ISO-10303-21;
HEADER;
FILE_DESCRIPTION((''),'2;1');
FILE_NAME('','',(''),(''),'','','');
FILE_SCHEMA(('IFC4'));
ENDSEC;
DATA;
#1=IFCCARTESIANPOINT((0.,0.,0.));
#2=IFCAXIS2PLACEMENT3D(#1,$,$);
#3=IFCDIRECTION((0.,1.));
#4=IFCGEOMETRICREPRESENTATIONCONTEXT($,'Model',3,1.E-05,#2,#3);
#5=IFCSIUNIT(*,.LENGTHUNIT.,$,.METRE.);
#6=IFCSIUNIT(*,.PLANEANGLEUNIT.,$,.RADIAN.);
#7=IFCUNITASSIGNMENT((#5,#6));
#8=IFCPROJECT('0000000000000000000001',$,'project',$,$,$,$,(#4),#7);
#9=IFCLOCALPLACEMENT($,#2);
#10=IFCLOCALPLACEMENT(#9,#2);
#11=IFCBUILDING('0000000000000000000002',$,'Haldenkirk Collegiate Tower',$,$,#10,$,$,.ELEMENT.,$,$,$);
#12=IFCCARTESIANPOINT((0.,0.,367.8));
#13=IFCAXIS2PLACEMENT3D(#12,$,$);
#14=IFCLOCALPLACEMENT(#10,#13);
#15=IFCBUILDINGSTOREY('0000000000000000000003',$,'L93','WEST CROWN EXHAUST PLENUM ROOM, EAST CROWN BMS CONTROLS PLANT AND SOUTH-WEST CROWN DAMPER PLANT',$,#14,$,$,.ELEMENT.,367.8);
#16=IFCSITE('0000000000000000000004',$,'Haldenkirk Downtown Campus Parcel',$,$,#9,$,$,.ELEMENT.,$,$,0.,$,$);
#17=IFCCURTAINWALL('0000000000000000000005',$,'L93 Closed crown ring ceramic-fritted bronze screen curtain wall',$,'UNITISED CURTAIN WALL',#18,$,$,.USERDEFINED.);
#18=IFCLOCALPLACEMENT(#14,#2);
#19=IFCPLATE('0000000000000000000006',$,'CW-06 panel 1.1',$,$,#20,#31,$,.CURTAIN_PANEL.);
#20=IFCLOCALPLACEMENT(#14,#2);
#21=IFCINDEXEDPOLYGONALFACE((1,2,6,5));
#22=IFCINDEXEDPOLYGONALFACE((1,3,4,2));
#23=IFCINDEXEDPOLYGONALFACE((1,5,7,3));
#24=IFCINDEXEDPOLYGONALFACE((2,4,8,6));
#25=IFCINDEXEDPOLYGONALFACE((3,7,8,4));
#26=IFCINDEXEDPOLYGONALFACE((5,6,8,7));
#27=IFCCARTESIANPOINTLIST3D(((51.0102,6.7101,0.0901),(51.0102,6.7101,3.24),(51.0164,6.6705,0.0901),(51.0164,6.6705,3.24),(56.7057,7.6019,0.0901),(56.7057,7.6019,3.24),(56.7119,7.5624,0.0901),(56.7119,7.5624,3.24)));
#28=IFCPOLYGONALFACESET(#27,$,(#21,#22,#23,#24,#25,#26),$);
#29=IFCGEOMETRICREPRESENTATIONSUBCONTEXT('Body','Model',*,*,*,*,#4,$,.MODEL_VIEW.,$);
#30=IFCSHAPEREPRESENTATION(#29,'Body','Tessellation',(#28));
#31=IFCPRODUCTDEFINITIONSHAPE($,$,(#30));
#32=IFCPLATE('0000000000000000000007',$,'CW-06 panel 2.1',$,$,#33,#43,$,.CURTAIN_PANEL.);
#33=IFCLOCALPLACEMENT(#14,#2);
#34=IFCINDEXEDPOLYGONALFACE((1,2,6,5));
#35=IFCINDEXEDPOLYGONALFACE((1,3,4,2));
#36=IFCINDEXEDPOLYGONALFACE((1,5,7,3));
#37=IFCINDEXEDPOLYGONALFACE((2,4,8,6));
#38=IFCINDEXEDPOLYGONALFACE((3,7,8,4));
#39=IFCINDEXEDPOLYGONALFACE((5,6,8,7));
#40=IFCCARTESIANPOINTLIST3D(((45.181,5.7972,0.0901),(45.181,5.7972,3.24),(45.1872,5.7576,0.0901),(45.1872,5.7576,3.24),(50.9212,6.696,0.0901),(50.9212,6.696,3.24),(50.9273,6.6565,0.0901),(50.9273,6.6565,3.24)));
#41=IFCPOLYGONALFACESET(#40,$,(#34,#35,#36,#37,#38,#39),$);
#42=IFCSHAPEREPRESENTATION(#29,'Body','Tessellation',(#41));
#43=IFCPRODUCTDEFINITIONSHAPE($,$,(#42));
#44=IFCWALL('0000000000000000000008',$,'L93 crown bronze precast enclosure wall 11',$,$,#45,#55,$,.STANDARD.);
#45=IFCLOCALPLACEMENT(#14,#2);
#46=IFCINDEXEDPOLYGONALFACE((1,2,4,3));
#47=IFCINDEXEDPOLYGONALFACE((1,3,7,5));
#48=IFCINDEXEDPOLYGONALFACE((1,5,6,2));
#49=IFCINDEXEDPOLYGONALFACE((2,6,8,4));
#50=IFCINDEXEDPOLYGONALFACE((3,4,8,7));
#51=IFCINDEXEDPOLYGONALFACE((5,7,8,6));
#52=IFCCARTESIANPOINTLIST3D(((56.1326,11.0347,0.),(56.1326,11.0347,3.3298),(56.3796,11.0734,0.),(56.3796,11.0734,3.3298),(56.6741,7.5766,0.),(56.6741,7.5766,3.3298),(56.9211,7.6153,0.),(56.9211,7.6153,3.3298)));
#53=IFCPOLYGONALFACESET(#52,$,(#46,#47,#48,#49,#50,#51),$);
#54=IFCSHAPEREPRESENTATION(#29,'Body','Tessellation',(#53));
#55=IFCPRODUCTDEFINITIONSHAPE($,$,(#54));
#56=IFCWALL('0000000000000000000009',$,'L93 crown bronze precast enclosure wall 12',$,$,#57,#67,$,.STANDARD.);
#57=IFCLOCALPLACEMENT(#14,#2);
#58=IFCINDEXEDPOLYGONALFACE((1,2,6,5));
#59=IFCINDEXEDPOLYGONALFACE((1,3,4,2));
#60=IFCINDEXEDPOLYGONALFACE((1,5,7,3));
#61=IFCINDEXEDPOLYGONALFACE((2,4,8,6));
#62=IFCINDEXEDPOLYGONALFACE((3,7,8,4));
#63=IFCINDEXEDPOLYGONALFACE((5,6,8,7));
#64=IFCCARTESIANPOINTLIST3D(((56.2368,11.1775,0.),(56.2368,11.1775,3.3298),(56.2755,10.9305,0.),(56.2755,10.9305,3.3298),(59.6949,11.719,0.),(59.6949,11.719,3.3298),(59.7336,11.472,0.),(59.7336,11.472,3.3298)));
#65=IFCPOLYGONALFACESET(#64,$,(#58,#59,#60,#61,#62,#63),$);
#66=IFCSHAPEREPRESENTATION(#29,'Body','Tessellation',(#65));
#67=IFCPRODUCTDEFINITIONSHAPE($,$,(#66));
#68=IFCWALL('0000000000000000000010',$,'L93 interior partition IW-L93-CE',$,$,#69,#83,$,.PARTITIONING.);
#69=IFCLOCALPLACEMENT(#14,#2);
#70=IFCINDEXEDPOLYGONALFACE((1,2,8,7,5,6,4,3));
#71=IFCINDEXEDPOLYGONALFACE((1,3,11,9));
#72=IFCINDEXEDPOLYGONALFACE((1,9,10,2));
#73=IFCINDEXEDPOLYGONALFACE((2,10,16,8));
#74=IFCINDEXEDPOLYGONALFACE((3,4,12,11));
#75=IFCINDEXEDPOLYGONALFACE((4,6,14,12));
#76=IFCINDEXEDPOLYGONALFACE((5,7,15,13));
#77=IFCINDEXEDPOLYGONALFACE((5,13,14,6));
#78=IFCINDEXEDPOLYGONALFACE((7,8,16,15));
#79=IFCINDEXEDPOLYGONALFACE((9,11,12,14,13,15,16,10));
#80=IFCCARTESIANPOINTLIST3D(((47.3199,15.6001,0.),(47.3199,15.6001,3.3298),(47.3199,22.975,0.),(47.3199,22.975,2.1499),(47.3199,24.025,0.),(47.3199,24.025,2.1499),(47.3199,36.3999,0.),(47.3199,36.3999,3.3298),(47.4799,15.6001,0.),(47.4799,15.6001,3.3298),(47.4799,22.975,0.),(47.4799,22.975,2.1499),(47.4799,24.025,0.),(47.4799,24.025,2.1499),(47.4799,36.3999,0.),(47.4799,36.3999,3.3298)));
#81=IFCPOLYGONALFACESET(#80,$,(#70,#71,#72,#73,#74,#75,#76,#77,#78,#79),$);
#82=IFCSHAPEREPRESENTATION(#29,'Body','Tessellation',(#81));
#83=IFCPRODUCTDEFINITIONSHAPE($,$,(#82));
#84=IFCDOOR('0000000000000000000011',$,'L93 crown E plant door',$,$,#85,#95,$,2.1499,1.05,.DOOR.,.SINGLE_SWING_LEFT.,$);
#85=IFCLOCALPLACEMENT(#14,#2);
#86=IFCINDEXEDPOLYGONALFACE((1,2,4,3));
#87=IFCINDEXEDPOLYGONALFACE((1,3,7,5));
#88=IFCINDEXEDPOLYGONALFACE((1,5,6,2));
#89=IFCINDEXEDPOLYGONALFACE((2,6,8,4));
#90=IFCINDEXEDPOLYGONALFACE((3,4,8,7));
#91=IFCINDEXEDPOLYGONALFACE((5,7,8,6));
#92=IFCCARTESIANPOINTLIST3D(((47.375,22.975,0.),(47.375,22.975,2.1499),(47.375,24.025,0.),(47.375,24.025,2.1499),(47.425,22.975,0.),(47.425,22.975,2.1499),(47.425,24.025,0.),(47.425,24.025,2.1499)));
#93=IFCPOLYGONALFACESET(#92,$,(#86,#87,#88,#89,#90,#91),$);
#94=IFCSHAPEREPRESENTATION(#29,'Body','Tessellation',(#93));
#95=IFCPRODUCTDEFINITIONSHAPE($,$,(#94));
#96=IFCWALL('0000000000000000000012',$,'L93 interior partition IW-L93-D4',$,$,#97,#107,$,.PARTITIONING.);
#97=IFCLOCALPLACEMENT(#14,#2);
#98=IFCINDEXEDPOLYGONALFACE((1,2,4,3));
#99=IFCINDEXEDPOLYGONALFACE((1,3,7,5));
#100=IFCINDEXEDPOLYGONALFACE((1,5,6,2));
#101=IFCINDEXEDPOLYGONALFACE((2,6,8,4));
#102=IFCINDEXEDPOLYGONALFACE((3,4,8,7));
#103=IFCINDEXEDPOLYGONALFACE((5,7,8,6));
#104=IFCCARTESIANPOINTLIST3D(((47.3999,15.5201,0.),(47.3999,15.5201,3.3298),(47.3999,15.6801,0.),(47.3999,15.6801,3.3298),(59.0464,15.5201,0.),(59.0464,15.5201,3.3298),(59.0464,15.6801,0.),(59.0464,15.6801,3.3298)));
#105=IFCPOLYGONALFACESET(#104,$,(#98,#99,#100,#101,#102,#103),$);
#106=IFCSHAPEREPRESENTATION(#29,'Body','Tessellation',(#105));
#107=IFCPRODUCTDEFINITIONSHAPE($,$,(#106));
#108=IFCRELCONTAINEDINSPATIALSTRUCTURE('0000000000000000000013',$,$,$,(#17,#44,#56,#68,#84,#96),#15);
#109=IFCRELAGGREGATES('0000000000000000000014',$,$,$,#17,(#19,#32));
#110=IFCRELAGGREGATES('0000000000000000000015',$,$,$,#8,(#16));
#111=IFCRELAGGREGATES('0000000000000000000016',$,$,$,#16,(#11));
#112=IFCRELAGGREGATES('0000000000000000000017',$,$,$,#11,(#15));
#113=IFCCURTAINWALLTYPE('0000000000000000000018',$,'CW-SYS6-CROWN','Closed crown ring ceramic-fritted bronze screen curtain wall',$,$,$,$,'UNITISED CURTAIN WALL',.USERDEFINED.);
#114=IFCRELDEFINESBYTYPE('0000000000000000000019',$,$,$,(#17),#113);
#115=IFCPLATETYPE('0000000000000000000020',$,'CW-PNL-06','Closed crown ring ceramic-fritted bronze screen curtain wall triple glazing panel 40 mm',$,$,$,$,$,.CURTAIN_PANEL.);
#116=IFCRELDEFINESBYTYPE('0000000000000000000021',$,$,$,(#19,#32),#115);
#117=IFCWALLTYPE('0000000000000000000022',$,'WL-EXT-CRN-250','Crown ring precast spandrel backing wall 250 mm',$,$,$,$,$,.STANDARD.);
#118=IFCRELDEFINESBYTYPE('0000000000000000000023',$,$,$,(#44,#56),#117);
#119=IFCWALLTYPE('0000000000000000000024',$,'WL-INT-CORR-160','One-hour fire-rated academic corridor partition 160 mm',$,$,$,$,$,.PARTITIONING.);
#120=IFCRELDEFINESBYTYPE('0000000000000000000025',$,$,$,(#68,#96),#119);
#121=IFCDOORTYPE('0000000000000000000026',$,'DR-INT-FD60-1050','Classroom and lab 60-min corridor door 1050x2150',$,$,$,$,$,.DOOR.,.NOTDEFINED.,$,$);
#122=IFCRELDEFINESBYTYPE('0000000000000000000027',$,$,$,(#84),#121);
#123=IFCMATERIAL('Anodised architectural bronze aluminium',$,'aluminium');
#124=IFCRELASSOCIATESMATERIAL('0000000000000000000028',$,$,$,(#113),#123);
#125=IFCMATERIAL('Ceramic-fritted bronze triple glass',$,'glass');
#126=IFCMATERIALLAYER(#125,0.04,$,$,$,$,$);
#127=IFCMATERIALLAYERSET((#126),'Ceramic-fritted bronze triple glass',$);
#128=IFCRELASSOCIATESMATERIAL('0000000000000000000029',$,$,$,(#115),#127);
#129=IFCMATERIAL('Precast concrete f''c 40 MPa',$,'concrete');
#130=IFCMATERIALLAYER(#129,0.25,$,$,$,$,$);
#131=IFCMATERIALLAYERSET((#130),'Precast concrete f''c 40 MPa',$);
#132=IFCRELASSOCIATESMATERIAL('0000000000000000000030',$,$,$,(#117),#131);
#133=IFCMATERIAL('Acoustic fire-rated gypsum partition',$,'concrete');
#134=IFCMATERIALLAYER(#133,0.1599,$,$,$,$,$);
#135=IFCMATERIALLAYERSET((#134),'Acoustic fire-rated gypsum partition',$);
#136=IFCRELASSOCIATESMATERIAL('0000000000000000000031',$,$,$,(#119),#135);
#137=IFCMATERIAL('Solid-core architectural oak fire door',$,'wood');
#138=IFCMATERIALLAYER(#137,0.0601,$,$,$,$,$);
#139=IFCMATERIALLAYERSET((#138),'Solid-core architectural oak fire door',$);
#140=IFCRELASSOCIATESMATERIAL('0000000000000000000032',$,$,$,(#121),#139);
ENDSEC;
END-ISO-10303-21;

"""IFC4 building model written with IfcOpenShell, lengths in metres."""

from ifc_helpers import new_model, si_unit, direction, frame, frame_2d, origin, origin_2d, place, context, subcontext, project, spatial, rectangle, extrude, source, transform, mapped, material, layer, layer_set, type_object, element, fill, aggregate, save


model = new_model("IFC4")

# Units and contexts
model_context = context("Model", 3, precision=1e-05, world=origin(), true_north=direction((0.0, 1.0)))
body_context = subcontext(model_context, "Body", "Model", "MODEL_VIEW")
ifc_project = project(units=[si_unit("LENGTHUNIT", "METRE"), si_unit("PLANEANGLEUNIT", "RADIAN")], contexts=[model_context])

# Site, building, storey
site_placement = place(None, origin())
site = spatial("IfcSite", under=ifc_project, at=site_placement, Name="Haldenkirk Downtown Campus Parcel", CompositionType="ELEMENT", RefElevation=0.0)
building_placement = place(site_placement, origin())
building = spatial("IfcBuilding", under=site, at=building_placement, Name="Haldenkirk Collegiate Tower", CompositionType="ELEMENT")
storey_placement = place(building_placement, frame((0.0, 0.0, 367.8)))
storey = spatial("IfcBuildingStorey", under=building, at=storey_placement, Name="L93", Description="WEST CROWN EXHAUST PLENUM ROOM, EAST CROWN BMS CONTROLS PLANT AND SOUTH-WEST CROWN DAMPER PLANT", CompositionType="ELEMENT", Elevation=367.8)

# Curtain wall
ifc_material_1 = material(Name="Anodised architectural bronze aluminium", Category="aluminium")
curtain_wall_type = type_object("IfcCurtainWallType", Name="CW-SYS6-CROWN", Description="Closed crown ring ceramic-fritted bronze screen curtain wall", ElementType="UNITISED CURTAIN WALL", PredefinedType="USERDEFINED", material=ifc_material_1)
curtain_wall_1_placement = place(storey_placement, origin())
curtain_wall_1 = element("IfcCurtainWall", 1, at=curtain_wall_1_placement, inside=storey, type_object=curtain_wall_type, Name="L93 Closed crown ring ceramic-fritted bronze screen curtain wall", ObjectType="UNITISED CURTAIN WALL", PredefinedType="USERDEFINED")

# Plates
ifc_material_2 = material(Name="Ceramic-fritted bronze triple glass", Category="glass")
ifc_layer_1 = layer(ifc_material_2, 0.04)
ifc_layer_set_1 = layer_set([ifc_layer_1], Name="Ceramic-fritted bronze triple glass")
plate_type_1 = type_object("IfcPlateType", Name="CW-PNL-06", Description="Closed crown ring ceramic-fritted bronze screen curtain wall triple glazing panel 40 mm", PredefinedType="CURTAIN_PANEL", material=ifc_layer_set_1)
shared_shape_1 = source(origin(), body_context, "Body", "SweptSolid", [
    extrude(rectangle(XDim=5.7649, YDim=0.04, at=origin_2d()), origin(), (0.0, 0.0, 1.0), 3.1499),
])
plate_1_placement = place(storey_placement, frame((53.8611, 7.1362, 0.0901), z_axis=(0.0, 0.0, 1.0), x_axis=(-0.98796, -0.154709, 0.0)))
plate_1 = element("IfcPlate", 2, at=plate_1_placement, type_object=plate_type_1, Name="CW-06 panel 1.1", PredefinedType="CURTAIN_PANEL", context=body_context, shape_type="MappedRepresentation", body=[
    mapped(shared_shape_1, transform((0.0, 0.0, 0.0), x_axis=(1.0, 0.0, 0.0), y_axis=(0.0, 1.0, 0.0), z_axis=(0.0, 0.0, 1.0), scale=1.0)),
])
shared_shape_2 = source(origin(), body_context, "Body", "SweptSolid", [
    extrude(rectangle(XDim=5.8101, YDim=0.04, at=origin_2d()), origin(), (0.0, 0.0, 1.0), 3.1499),
])
plate_2_placement = place(storey_placement, frame((48.0542, 6.2268, 0.0901), z_axis=(0.0, 0.0, 1.0), x_axis=(-0.98796, -0.154709, 0.0)))
plate_2 = element("IfcPlate", 3, at=plate_2_placement, type_object=plate_type_1, Name="CW-06 panel 2.1", PredefinedType="CURTAIN_PANEL", context=body_context, shape_type="MappedRepresentation", body=[
    mapped(shared_shape_2, transform((0.0, 0.0, 0.0), x_axis=(1.0, 0.0, 0.0), y_axis=(0.0, 1.0, 0.0), z_axis=(0.0, 0.0, 1.0), scale=1.0)),
])
aggregate(curtain_wall_1, [plate_1, plate_2])

# Walls
ifc_material_3 = material(Name="Precast concrete f'c 40 MPa", Category="concrete")
ifc_layer_2 = layer(ifc_material_3, 0.25)
ifc_layer_set_2 = layer_set([ifc_layer_2], Name="Precast concrete f'c 40 MPa")
wall_type_1 = type_object("IfcWallType", Name="WL-EXT-CRN-250", Description="Crown ring precast spandrel backing wall 250 mm", PredefinedType="STANDARD", material=ifc_layer_set_2)
for number, where, z_axis, x_axis, name in (
    (4, (56.2561, 11.054, 0.0), (0.0, 0.0, 1.0), (0.154709, -0.98796, 0.0), "L93 crown bronze precast enclosure wall 11"),
    (5, (59.7141, 11.5955, 0.0), (0.0, 0.0, 1.0), (-0.98796, -0.154709, 0.0), "L93 crown bronze precast enclosure wall 12"),
):
    element("IfcWall", number, at=place(storey_placement, frame(where, z_axis=z_axis, x_axis=x_axis)), inside=storey, type_object=wall_type_1, Name=name, PredefinedType="STANDARD", context=body_context, shape_type="SweptSolid", body=[
        extrude(rectangle(XDim=3.5002, YDim=0.25, at=frame_2d((1.75, 0.0))), origin(), (0.0, 0.0, 1.0), 3.3298),
    ])

# Wall, opening, door
ifc_material_4 = material(Name="Acoustic fire-rated gypsum partition", Category="concrete")
ifc_layer_3 = layer(ifc_material_4, 0.1599)
ifc_layer_set_3 = layer_set([ifc_layer_3], Name="Acoustic fire-rated gypsum partition")
wall_type_2 = type_object("IfcWallType", Name="WL-INT-CORR-160", Description="One-hour fire-rated academic corridor partition 160 mm", PredefinedType="PARTITIONING", material=ifc_layer_set_3)
wall_1_placement = place(storey_placement, frame((47.3999, 15.6001, 0.0), z_axis=(0.0, 0.0, 1.0), x_axis=(0.0, 1.0, 0.0)))
wall_1 = element("IfcWall", 6, at=wall_1_placement, inside=storey, type_object=wall_type_2, Name="L93 interior partition IW-L93-CE", PredefinedType="PARTITIONING", context=body_context, shape_type="SweptSolid", body=[
    extrude(rectangle(XDim=20.7998, YDim=0.1599, at=frame_2d((10.3999, 0.0))), origin(), (0.0, 0.0, 1.0), 3.3298),
])
opening_placement = place(wall_1_placement, frame((7.375, 0.0, 0.0)))
opening = element("IfcOpeningElement", 7, at=opening_placement, cuts=wall_1, PredefinedType="OPENING", context=body_context, shape_type="SweptSolid", body=[
    extrude(rectangle(XDim=1.05, YDim=2.1499, at=frame_2d((0.5249, 1.075))), frame((0.0, 0.0898, 0.0), z_axis=(0.0, -1.0, 0.0), x_axis=(1.0, 0.0, 0.0)), (0.0, 0.0, 1.0), 0.1799),
])
ifc_material_5 = material(Name="Solid-core architectural oak fire door", Category="wood")
ifc_layer_4 = layer(ifc_material_5, 0.0601)
ifc_layer_set_4 = layer_set([ifc_layer_4], Name="Solid-core architectural oak fire door")
door_type = type_object("IfcDoorType", Name="DR-INT-FD60-1050", Description="Classroom and lab 60-min corridor door 1050x2150", OperationType="NOTDEFINED", PredefinedType="DOOR", material=ifc_layer_set_4)
door_placement = place(opening_placement, origin())
door = element("IfcDoor", 8, at=door_placement, inside=storey, type_object=door_type, Name="L93 crown E plant door", OperationType="SINGLE_SWING_LEFT", OverallHeight=2.1499, OverallWidth=1.05, PredefinedType="DOOR", context=body_context, shape_type="SweptSolid", body=[
    extrude(rectangle(XDim=1.05, YDim=2.1499, at=frame_2d((0.5249, 1.075))), frame((0.0, 0.0249, 0.0), z_axis=(0.0, -1.0, 0.0), x_axis=(1.0, 0.0, 0.0)), (0.0, 0.0, 1.0), 0.05),
])
fill(opening, door)

# Wall
wall_2_placement = place(storey_placement, frame((47.3999, 15.6001, 0.0), z_axis=(0.0, 0.0, 1.0), x_axis=(1.0, 0.0, 0.0)))
element("IfcWall", 9, at=wall_2_placement, inside=storey, type_object=wall_type_2, Name="L93 interior partition IW-L93-D4", PredefinedType="PARTITIONING", context=body_context, shape_type="SweptSolid", body=[
    extrude(rectangle(XDim=11.6465, YDim=0.1599, at=frame_2d((5.8232, 0.0))), origin(), (0.0, 0.0, 1.0), 3.3298),
])

save(model, "model.ifc")
